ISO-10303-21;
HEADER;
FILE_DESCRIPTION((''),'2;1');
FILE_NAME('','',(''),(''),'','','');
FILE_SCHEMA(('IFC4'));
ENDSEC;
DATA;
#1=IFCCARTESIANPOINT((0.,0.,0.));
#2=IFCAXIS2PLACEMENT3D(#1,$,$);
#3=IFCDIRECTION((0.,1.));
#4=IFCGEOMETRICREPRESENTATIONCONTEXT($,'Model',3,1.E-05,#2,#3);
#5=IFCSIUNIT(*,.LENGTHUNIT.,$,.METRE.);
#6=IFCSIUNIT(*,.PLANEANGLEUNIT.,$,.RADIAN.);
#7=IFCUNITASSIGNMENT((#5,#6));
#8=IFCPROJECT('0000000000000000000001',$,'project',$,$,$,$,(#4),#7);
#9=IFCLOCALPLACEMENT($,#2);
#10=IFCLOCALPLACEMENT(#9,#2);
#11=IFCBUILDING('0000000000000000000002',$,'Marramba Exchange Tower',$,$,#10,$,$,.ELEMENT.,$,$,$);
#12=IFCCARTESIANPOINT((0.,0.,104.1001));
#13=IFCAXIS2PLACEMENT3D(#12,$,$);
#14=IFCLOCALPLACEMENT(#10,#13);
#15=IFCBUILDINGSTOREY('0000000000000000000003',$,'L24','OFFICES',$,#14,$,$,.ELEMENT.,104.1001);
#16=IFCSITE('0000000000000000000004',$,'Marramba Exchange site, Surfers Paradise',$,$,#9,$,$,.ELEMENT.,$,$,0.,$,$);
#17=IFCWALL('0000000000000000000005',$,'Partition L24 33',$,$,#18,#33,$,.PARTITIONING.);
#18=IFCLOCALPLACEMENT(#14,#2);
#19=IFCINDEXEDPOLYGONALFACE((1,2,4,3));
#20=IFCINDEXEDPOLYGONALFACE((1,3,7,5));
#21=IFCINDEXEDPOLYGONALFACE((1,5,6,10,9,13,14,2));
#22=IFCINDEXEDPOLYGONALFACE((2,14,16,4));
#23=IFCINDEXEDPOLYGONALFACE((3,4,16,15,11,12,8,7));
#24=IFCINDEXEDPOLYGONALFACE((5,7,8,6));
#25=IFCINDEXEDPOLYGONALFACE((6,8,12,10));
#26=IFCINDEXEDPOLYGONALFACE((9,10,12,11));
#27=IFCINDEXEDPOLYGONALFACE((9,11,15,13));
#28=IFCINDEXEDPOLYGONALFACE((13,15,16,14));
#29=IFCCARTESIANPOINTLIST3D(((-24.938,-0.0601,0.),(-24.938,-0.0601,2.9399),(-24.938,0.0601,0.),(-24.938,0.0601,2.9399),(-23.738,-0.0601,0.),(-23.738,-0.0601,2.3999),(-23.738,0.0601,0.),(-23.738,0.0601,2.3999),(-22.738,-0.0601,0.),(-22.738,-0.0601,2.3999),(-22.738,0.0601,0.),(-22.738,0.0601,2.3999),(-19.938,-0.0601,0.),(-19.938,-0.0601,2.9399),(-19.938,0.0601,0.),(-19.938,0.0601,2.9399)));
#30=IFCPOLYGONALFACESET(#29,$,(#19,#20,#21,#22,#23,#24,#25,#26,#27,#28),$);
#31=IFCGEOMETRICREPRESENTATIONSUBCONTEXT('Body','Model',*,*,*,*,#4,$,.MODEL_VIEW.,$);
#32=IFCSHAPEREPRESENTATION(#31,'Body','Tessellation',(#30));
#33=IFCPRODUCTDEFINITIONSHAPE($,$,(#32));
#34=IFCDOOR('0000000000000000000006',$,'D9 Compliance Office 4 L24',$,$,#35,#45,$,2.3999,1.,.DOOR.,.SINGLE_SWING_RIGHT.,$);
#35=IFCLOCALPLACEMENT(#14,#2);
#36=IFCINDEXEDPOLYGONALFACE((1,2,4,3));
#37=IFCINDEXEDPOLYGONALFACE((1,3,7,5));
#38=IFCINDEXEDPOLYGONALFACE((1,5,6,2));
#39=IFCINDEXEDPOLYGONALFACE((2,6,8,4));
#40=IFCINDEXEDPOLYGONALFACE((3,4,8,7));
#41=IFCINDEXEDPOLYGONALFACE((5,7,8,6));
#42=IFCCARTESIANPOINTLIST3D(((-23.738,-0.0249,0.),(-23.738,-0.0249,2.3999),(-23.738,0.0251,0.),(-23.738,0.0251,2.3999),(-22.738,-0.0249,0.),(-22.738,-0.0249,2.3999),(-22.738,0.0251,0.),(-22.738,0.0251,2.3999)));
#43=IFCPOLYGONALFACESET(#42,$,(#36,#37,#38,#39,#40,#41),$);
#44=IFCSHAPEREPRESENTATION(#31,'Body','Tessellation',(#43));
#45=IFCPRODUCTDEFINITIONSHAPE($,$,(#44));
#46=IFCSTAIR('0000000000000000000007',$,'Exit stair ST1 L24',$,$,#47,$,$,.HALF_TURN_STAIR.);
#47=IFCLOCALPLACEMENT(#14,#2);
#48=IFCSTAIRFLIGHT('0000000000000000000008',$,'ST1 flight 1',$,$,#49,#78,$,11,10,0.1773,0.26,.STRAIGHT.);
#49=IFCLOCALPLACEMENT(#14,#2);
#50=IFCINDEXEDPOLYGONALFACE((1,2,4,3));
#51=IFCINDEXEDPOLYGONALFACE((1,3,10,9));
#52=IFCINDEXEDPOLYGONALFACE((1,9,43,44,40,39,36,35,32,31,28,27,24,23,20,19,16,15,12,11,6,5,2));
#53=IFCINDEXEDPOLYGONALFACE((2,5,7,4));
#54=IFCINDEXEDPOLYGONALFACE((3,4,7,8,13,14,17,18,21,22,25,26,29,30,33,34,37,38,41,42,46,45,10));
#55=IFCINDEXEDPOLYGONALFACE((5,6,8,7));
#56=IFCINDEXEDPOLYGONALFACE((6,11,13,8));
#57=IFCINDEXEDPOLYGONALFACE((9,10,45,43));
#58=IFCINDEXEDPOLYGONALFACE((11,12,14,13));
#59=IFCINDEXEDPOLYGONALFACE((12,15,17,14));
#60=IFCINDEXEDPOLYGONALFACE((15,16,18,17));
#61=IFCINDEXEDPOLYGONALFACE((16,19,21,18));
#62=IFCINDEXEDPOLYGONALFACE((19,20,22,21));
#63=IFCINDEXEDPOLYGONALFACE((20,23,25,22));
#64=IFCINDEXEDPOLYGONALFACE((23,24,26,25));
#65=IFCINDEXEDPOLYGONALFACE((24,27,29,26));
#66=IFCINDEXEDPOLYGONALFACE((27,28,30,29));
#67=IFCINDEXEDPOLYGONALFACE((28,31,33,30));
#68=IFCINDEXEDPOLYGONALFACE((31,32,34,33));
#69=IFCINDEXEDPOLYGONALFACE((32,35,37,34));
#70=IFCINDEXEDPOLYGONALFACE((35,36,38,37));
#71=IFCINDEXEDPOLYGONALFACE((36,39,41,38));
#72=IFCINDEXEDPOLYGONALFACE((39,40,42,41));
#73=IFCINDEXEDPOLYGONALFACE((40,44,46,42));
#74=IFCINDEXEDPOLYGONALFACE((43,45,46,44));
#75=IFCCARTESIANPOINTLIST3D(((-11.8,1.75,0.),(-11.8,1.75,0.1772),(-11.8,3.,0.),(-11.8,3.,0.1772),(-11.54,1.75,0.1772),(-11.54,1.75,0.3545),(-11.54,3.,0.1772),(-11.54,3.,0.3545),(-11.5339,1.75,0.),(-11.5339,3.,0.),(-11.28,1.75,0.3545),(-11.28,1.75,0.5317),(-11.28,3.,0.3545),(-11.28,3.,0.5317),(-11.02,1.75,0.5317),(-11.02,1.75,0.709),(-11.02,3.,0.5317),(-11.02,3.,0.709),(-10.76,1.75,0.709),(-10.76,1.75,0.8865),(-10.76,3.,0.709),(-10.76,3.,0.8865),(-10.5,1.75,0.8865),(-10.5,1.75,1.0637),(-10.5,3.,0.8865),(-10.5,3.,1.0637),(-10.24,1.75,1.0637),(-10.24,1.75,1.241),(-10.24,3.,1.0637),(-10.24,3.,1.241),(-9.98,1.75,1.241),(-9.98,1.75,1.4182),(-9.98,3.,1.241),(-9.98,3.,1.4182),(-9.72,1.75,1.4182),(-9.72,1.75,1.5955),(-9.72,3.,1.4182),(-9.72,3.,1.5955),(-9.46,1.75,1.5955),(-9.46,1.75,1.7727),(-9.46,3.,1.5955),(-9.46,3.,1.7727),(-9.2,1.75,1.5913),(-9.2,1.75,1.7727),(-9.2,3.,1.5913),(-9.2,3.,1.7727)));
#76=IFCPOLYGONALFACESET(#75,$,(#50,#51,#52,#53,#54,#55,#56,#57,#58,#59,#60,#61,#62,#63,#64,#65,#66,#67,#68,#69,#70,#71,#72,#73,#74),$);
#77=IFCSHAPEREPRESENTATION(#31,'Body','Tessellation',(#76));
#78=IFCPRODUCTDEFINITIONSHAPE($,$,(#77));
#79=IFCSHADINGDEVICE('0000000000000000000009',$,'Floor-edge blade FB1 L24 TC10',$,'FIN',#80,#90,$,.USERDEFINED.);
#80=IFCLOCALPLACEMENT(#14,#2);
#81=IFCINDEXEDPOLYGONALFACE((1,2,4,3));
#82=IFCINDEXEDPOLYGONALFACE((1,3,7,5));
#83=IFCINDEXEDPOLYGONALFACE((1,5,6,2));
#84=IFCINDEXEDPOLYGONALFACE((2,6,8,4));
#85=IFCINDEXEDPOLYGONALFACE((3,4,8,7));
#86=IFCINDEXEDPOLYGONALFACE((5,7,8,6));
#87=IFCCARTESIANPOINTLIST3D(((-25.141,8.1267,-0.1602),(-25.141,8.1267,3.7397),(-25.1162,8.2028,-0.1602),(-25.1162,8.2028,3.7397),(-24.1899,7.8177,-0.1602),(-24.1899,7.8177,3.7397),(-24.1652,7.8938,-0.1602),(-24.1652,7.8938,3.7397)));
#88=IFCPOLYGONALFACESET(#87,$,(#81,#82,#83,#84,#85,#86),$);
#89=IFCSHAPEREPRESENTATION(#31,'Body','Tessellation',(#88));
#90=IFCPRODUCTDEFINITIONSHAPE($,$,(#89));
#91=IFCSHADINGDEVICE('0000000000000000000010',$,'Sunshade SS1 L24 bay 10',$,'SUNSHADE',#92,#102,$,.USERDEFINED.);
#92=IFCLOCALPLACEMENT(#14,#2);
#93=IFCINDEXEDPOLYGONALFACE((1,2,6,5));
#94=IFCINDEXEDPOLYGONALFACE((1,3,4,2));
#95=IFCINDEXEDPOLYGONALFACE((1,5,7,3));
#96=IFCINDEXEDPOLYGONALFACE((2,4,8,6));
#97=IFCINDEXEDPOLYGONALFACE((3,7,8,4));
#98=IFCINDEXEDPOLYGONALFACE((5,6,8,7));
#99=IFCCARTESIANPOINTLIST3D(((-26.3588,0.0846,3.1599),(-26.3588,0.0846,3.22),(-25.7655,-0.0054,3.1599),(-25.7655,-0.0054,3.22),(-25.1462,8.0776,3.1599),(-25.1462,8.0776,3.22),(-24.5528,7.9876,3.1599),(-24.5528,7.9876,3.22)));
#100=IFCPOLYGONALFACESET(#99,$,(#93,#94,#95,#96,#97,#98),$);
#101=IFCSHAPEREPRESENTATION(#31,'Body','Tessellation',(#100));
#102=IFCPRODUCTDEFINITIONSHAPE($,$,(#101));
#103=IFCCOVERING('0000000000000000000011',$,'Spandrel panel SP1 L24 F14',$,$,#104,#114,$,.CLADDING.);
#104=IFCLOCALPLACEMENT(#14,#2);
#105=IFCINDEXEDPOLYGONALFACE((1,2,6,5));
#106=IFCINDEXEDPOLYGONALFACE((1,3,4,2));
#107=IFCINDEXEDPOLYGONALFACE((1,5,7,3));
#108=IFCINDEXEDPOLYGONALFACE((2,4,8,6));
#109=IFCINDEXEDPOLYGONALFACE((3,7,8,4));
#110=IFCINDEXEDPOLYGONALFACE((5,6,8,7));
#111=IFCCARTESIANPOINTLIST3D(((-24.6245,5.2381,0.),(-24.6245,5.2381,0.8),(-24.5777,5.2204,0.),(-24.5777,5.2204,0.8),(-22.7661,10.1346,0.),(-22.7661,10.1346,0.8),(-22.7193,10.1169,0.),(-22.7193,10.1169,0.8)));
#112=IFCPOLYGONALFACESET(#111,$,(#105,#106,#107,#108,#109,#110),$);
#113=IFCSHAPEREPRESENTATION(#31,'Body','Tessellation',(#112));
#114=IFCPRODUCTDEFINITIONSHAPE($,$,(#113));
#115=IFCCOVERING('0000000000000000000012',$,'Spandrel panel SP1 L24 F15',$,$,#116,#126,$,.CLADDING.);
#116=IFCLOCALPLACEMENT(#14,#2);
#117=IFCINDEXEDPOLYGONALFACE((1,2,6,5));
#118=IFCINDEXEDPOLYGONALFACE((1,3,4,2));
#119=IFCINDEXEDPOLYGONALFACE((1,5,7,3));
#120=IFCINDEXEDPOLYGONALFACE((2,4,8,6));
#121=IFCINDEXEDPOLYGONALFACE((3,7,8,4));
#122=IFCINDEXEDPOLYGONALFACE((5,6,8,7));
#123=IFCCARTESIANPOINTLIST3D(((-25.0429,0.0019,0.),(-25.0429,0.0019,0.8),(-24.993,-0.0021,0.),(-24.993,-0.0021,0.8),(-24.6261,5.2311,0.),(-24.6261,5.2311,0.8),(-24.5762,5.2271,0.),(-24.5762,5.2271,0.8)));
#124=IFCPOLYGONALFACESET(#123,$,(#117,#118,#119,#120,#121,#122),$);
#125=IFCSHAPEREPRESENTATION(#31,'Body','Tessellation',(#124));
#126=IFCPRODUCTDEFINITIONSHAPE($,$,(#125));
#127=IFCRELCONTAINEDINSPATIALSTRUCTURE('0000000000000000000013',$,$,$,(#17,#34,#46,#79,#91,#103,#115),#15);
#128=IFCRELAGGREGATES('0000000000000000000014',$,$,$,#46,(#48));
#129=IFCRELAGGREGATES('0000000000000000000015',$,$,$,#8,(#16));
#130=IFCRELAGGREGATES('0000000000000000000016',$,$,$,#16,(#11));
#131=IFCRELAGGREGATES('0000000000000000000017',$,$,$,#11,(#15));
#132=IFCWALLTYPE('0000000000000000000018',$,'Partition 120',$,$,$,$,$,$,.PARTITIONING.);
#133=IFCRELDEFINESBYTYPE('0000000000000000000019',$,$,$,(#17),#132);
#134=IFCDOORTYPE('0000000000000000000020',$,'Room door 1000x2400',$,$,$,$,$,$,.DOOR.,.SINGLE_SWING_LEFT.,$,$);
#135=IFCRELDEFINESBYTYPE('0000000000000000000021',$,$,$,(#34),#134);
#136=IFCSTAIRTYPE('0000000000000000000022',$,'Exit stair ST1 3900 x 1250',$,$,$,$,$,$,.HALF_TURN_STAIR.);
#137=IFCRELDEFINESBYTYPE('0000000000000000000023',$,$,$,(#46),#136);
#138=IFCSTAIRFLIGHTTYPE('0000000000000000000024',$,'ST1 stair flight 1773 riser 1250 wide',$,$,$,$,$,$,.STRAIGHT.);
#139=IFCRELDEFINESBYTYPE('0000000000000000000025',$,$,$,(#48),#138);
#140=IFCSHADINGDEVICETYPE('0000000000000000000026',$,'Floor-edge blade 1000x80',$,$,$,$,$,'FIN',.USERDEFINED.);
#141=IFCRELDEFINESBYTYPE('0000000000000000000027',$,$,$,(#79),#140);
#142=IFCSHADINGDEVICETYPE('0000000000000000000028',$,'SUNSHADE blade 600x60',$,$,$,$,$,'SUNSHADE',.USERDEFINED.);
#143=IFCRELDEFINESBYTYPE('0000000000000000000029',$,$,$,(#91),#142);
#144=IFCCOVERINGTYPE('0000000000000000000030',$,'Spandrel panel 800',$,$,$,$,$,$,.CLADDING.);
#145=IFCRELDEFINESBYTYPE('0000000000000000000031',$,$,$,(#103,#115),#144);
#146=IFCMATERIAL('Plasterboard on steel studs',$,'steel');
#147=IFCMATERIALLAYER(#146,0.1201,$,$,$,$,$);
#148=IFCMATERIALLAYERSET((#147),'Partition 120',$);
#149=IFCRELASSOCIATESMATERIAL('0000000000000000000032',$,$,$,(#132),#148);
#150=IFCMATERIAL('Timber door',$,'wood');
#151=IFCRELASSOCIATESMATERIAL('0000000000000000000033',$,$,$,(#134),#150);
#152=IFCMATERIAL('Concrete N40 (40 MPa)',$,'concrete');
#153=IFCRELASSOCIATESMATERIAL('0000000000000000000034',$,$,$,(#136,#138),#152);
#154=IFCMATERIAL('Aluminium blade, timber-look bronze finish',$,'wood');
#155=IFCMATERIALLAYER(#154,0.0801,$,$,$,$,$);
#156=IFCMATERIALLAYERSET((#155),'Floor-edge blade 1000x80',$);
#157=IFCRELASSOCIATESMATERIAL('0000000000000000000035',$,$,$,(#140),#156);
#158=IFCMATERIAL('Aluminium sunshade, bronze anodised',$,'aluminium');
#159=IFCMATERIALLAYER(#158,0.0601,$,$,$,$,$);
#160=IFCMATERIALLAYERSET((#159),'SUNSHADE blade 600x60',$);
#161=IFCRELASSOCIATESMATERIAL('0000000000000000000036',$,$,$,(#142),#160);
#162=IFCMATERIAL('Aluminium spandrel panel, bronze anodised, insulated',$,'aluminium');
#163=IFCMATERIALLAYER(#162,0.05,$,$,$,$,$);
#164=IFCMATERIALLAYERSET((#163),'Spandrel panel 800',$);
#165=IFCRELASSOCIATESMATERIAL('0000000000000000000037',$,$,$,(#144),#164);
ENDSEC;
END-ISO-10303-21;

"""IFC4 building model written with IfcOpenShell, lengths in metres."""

from ifc_helpers import new_model, si_unit, direction, frame, frame_2d, origin, origin_2d, place, context, subcontext, project, spatial, polyline, rectangle, outline, extrude, material, layer, layer_set, type_object, element, fill, aggregate, save


model = new_model("IFC4")

# Units and contexts
model_context = context("Model", 3, precision=1e-05, world=origin(), true_north=direction((0.0, 1.0)))
body_context = subcontext(model_context, "Body", "Model", "MODEL_VIEW")
ifc_project = project(units=[si_unit("LENGTHUNIT", "METRE"), si_unit("PLANEANGLEUNIT", "RADIAN")], contexts=[model_context])

# Site, building, storey
site_placement = place(None, origin())
site = spatial("IfcSite", under=ifc_project, at=site_placement, Name="Marramba Exchange site, Surfers Paradise", CompositionType="ELEMENT", RefElevation=0.0)
building_placement = place(site_placement, origin())
building = spatial("IfcBuilding", under=site, at=building_placement, Name="Marramba Exchange Tower", CompositionType="ELEMENT")
storey_placement = place(building_placement, frame((0.0, 0.0, 104.1001)))
storey = spatial("IfcBuildingStorey", under=building, at=storey_placement, Name="L24", Description="OFFICES", CompositionType="ELEMENT", Elevation=104.1001)

# Wall, opening, door
ifc_material_1 = material(Name="Plasterboard on steel studs", Category="steel")
ifc_layer_1 = layer(ifc_material_1, 0.1201)
ifc_layer_set_1 = layer_set([ifc_layer_1], Name="Partition 120")
wall_type_1 = type_object("IfcWallType", Name="Partition 120", PredefinedType="PARTITIONING", material=ifc_layer_set_1)
wall_1_placement = place(storey_placement, frame((-19.938, 0.0, 0.0), z_axis=(0.0, 0.0, 1.0), x_axis=(-1.0, 0.0, 0.0)))
wall_1 = element("IfcWall", 1, at=wall_1_placement, inside=storey, type_object=wall_type_1, Name="Partition L24 33", PredefinedType="PARTITIONING", context=body_context, shape_type="SweptSolid", body=[
    extrude(rectangle(XDim=5.0, YDim=0.1201, at=frame_2d((2.5, 0.0))), origin(), (0.0, 0.0, 1.0), 2.9399),
])
opening_1_placement = place(wall_1_placement, frame((2.8, 0.0, 0.0)))
opening_1 = element("IfcOpeningElement", 2, at=opening_1_placement, cuts=wall_1, PredefinedType="OPENING", context=body_context, shape_type="SweptSolid", body=[
    extrude(rectangle(XDim=1.0, YDim=2.3999, at=frame_2d((0.5, 1.2))), frame((0.0, 0.0701, 0.0), z_axis=(0.0, -1.0, 0.0), x_axis=(1.0, 0.0, 0.0)), (0.0, 0.0, 1.0), 0.1401),
])
ifc_material_2 = material(Name="Timber door", Category="wood")
door_type_1 = type_object("IfcDoorType", Name="Room door 1000x2400", OperationType="SINGLE_SWING_LEFT", PredefinedType="DOOR", material=ifc_material_2)
door_1_placement = place(opening_1_placement, origin())
door_1 = element("IfcDoor", 3, at=door_1_placement, inside=storey, type_object=door_type_1, Name="D9 Compliance Office 4 L24", OperationType="SINGLE_SWING_RIGHT", OverallHeight=2.3999, OverallWidth=1.0, PredefinedType="DOOR", context=body_context, shape_type="SweptSolid", body=[
    extrude(rectangle(XDim=1.0, YDim=2.3999, at=frame_2d((0.5, 1.2))), frame((0.0, 0.0249, 0.0), z_axis=(0.0, -1.0, 0.0), x_axis=(1.0, 0.0, 0.0)), (0.0, 0.0, 1.0), 0.05),
])
fill(opening_1, door_1)

# Stair, stair flight
ifc_material_3 = material(Name="Concrete N40 (40 MPa)", Category="concrete")
stair_type = type_object("IfcStairType", Name="Exit stair ST1 3900 x 1250", PredefinedType="HALF_TURN_STAIR", material=ifc_material_3)
stair_placement = place(storey_placement, origin())
stair = element("IfcStair", 4, at=stair_placement, inside=storey, type_object=stair_type, Name="Exit stair ST1 L24", PredefinedType="HALF_TURN_STAIR")
stair_flight_type = type_object("IfcStairFlightType", Name="ST1 stair flight 1773 riser 1250 wide", PredefinedType="STRAIGHT", material=ifc_material_3)
stair_flight_placement = place(storey_placement, frame((-11.8, 2.375, 0.0), z_axis=(0.0, 0.0, 1.0), x_axis=(1.0, 0.0, 0.0)))
stair_flight = element("IfcStairFlight", 5, at=stair_flight_placement, type_object=stair_flight_type, Name="ST1 flight 1", NumberOfRisers=11, NumberOfTreads=10, PredefinedType="STRAIGHT", RiserHeight=0.1773, TreadLength=0.26, context=body_context, shape_type="SweptSolid", body=[
    extrude(outline(polyline([(0.0, 0.0), (0.0, 0.1772), (0.26, 0.1772), (0.26, 0.3545), (0.52, 0.3545), (0.52, 0.5317), (0.78, 0.5317), (0.78, 0.709), (1.04, 0.709), (1.04, 0.8865), (1.3, 0.8865), (1.3, 1.0637), (1.5601, 1.0637), (1.5601, 1.241), (1.8201, 1.241), (1.8201, 1.4182), (2.0801, 1.4182), (2.0801, 1.5955), (2.3401, 1.5955), (2.3401, 1.7727), (2.6001, 1.7727), (2.6001, 1.95), (2.6001, 1.5913), (0.2661, 0.0), (0.0, 0.0)])), frame((0.0, 0.625, 0.0), z_axis=(0.0, -1.0, 0.0), x_axis=(1.0, 0.0, 0.0)), (0.0, 0.0, 1.0), 1.25),
])
aggregate(stair, [stair_flight])

# Shading devices
ifc_material_4 = material(Name="Aluminium blade, timber-look bronze finish", Category="wood")
ifc_layer_2 = layer(ifc_material_4, 0.0801)
ifc_layer_set_2 = layer_set([ifc_layer_2], Name="Floor-edge blade 1000x80")
shading_device_type_1 = type_object("IfcShadingDeviceType", Name="Floor-edge blade 1000x80", ElementType="FIN", PredefinedType="USERDEFINED", material=ifc_layer_set_2)
shading_device_1_placement = place(storey_placement, frame((-24.6531, 8.0103, -0.1602), z_axis=(0.0, 0.0, 1.0), x_axis=(-0.951057, 0.309017, 0.0)))
element("IfcShadingDevice", 6, at=shading_device_1_placement, inside=storey, type_object=shading_device_type_1, Name="Floor-edge blade FB1 L24 TC10", ObjectType="FIN", PredefinedType="USERDEFINED", context=body_context, shape_type="SweptSolid", body=[
    extrude(rectangle(XDim=1.0, YDim=0.0801, at=origin_2d()), origin(), (0.0, 0.0, 1.0), 3.8999),
])
ifc_material_5 = material(Name="Aluminium sunshade, bronze anodised", Category="aluminium")
ifc_layer_3 = layer(ifc_material_5, 0.0601)
ifc_layer_set_3 = layer_set([ifc_layer_3], Name="SUNSHADE blade 600x60")
shading_device_type_2 = type_object("IfcShadingDeviceType", Name="SUNSHADE blade 600x60", ElementType="SUNSHADE", PredefinedType="USERDEFINED", material=ifc_layer_set_3)
shading_device_2_placement = place(storey_placement, frame((-25.4558, 4.0361, 3.1599), z_axis=(0.0, 0.0, 1.0), x_axis=(-0.149993, -0.988687, 0.0)))
element("IfcShadingDevice", 7, at=shading_device_2_placement, inside=storey, type_object=shading_device_type_2, Name="Sunshade SS1 L24 bay 10", ObjectType="SUNSHADE", PredefinedType="USERDEFINED", context=body_context, shape_type="SweptSolid", body=[
    extrude(rectangle(XDim=8.0845, YDim=0.6001, at=origin_2d()), origin(), (0.0, 0.0, 1.0), 0.0601),
])

# Coverings
ifc_material_6 = material(Name="Aluminium spandrel panel, bronze anodised, insulated", Category="aluminium")
ifc_layer_4 = layer(ifc_material_6, 0.05)
ifc_layer_set_4 = layer_set([ifc_layer_4], Name="Spandrel panel 800")
covering_type = type_object("IfcCoveringType", Name="Spandrel panel 800", PredefinedType="CLADDING", material=ifc_layer_set_4)
covering_1_placement = place(storey_placement, frame((-23.6719, 7.6775, 0.0), z_axis=(0.0, 0.0, 1.0), x_axis=(-0.354844, -0.934925, 0.0)))
element("IfcCovering", 8, at=covering_1_placement, inside=storey, type_object=covering_type, Name="Spandrel panel SP1 L24 F14", PredefinedType="CLADDING", context=body_context, shape_type="SweptSolid", body=[
    extrude(rectangle(XDim=5.2373, YDim=0.05, at=origin_2d()), origin(), (0.0, 0.0, 1.0), 0.8),
])
covering_2_placement = place(storey_placement, frame((-24.8096, 2.6145, 0.0), z_axis=(0.0, 0.0, 1.0), x_axis=(-0.07946, -0.996838, 0.0)))
element("IfcCovering", 9, at=covering_2_placement, inside=storey, type_object=covering_type, Name="Spandrel panel SP1 L24 F15", PredefinedType="CLADDING", context=body_context, shape_type="SweptSolid", body=[
    extrude(rectangle(XDim=5.2458, YDim=0.05, at=origin_2d()), origin(), (0.0, 0.0, 1.0), 0.8),
])

save(model, "model.ifc")
